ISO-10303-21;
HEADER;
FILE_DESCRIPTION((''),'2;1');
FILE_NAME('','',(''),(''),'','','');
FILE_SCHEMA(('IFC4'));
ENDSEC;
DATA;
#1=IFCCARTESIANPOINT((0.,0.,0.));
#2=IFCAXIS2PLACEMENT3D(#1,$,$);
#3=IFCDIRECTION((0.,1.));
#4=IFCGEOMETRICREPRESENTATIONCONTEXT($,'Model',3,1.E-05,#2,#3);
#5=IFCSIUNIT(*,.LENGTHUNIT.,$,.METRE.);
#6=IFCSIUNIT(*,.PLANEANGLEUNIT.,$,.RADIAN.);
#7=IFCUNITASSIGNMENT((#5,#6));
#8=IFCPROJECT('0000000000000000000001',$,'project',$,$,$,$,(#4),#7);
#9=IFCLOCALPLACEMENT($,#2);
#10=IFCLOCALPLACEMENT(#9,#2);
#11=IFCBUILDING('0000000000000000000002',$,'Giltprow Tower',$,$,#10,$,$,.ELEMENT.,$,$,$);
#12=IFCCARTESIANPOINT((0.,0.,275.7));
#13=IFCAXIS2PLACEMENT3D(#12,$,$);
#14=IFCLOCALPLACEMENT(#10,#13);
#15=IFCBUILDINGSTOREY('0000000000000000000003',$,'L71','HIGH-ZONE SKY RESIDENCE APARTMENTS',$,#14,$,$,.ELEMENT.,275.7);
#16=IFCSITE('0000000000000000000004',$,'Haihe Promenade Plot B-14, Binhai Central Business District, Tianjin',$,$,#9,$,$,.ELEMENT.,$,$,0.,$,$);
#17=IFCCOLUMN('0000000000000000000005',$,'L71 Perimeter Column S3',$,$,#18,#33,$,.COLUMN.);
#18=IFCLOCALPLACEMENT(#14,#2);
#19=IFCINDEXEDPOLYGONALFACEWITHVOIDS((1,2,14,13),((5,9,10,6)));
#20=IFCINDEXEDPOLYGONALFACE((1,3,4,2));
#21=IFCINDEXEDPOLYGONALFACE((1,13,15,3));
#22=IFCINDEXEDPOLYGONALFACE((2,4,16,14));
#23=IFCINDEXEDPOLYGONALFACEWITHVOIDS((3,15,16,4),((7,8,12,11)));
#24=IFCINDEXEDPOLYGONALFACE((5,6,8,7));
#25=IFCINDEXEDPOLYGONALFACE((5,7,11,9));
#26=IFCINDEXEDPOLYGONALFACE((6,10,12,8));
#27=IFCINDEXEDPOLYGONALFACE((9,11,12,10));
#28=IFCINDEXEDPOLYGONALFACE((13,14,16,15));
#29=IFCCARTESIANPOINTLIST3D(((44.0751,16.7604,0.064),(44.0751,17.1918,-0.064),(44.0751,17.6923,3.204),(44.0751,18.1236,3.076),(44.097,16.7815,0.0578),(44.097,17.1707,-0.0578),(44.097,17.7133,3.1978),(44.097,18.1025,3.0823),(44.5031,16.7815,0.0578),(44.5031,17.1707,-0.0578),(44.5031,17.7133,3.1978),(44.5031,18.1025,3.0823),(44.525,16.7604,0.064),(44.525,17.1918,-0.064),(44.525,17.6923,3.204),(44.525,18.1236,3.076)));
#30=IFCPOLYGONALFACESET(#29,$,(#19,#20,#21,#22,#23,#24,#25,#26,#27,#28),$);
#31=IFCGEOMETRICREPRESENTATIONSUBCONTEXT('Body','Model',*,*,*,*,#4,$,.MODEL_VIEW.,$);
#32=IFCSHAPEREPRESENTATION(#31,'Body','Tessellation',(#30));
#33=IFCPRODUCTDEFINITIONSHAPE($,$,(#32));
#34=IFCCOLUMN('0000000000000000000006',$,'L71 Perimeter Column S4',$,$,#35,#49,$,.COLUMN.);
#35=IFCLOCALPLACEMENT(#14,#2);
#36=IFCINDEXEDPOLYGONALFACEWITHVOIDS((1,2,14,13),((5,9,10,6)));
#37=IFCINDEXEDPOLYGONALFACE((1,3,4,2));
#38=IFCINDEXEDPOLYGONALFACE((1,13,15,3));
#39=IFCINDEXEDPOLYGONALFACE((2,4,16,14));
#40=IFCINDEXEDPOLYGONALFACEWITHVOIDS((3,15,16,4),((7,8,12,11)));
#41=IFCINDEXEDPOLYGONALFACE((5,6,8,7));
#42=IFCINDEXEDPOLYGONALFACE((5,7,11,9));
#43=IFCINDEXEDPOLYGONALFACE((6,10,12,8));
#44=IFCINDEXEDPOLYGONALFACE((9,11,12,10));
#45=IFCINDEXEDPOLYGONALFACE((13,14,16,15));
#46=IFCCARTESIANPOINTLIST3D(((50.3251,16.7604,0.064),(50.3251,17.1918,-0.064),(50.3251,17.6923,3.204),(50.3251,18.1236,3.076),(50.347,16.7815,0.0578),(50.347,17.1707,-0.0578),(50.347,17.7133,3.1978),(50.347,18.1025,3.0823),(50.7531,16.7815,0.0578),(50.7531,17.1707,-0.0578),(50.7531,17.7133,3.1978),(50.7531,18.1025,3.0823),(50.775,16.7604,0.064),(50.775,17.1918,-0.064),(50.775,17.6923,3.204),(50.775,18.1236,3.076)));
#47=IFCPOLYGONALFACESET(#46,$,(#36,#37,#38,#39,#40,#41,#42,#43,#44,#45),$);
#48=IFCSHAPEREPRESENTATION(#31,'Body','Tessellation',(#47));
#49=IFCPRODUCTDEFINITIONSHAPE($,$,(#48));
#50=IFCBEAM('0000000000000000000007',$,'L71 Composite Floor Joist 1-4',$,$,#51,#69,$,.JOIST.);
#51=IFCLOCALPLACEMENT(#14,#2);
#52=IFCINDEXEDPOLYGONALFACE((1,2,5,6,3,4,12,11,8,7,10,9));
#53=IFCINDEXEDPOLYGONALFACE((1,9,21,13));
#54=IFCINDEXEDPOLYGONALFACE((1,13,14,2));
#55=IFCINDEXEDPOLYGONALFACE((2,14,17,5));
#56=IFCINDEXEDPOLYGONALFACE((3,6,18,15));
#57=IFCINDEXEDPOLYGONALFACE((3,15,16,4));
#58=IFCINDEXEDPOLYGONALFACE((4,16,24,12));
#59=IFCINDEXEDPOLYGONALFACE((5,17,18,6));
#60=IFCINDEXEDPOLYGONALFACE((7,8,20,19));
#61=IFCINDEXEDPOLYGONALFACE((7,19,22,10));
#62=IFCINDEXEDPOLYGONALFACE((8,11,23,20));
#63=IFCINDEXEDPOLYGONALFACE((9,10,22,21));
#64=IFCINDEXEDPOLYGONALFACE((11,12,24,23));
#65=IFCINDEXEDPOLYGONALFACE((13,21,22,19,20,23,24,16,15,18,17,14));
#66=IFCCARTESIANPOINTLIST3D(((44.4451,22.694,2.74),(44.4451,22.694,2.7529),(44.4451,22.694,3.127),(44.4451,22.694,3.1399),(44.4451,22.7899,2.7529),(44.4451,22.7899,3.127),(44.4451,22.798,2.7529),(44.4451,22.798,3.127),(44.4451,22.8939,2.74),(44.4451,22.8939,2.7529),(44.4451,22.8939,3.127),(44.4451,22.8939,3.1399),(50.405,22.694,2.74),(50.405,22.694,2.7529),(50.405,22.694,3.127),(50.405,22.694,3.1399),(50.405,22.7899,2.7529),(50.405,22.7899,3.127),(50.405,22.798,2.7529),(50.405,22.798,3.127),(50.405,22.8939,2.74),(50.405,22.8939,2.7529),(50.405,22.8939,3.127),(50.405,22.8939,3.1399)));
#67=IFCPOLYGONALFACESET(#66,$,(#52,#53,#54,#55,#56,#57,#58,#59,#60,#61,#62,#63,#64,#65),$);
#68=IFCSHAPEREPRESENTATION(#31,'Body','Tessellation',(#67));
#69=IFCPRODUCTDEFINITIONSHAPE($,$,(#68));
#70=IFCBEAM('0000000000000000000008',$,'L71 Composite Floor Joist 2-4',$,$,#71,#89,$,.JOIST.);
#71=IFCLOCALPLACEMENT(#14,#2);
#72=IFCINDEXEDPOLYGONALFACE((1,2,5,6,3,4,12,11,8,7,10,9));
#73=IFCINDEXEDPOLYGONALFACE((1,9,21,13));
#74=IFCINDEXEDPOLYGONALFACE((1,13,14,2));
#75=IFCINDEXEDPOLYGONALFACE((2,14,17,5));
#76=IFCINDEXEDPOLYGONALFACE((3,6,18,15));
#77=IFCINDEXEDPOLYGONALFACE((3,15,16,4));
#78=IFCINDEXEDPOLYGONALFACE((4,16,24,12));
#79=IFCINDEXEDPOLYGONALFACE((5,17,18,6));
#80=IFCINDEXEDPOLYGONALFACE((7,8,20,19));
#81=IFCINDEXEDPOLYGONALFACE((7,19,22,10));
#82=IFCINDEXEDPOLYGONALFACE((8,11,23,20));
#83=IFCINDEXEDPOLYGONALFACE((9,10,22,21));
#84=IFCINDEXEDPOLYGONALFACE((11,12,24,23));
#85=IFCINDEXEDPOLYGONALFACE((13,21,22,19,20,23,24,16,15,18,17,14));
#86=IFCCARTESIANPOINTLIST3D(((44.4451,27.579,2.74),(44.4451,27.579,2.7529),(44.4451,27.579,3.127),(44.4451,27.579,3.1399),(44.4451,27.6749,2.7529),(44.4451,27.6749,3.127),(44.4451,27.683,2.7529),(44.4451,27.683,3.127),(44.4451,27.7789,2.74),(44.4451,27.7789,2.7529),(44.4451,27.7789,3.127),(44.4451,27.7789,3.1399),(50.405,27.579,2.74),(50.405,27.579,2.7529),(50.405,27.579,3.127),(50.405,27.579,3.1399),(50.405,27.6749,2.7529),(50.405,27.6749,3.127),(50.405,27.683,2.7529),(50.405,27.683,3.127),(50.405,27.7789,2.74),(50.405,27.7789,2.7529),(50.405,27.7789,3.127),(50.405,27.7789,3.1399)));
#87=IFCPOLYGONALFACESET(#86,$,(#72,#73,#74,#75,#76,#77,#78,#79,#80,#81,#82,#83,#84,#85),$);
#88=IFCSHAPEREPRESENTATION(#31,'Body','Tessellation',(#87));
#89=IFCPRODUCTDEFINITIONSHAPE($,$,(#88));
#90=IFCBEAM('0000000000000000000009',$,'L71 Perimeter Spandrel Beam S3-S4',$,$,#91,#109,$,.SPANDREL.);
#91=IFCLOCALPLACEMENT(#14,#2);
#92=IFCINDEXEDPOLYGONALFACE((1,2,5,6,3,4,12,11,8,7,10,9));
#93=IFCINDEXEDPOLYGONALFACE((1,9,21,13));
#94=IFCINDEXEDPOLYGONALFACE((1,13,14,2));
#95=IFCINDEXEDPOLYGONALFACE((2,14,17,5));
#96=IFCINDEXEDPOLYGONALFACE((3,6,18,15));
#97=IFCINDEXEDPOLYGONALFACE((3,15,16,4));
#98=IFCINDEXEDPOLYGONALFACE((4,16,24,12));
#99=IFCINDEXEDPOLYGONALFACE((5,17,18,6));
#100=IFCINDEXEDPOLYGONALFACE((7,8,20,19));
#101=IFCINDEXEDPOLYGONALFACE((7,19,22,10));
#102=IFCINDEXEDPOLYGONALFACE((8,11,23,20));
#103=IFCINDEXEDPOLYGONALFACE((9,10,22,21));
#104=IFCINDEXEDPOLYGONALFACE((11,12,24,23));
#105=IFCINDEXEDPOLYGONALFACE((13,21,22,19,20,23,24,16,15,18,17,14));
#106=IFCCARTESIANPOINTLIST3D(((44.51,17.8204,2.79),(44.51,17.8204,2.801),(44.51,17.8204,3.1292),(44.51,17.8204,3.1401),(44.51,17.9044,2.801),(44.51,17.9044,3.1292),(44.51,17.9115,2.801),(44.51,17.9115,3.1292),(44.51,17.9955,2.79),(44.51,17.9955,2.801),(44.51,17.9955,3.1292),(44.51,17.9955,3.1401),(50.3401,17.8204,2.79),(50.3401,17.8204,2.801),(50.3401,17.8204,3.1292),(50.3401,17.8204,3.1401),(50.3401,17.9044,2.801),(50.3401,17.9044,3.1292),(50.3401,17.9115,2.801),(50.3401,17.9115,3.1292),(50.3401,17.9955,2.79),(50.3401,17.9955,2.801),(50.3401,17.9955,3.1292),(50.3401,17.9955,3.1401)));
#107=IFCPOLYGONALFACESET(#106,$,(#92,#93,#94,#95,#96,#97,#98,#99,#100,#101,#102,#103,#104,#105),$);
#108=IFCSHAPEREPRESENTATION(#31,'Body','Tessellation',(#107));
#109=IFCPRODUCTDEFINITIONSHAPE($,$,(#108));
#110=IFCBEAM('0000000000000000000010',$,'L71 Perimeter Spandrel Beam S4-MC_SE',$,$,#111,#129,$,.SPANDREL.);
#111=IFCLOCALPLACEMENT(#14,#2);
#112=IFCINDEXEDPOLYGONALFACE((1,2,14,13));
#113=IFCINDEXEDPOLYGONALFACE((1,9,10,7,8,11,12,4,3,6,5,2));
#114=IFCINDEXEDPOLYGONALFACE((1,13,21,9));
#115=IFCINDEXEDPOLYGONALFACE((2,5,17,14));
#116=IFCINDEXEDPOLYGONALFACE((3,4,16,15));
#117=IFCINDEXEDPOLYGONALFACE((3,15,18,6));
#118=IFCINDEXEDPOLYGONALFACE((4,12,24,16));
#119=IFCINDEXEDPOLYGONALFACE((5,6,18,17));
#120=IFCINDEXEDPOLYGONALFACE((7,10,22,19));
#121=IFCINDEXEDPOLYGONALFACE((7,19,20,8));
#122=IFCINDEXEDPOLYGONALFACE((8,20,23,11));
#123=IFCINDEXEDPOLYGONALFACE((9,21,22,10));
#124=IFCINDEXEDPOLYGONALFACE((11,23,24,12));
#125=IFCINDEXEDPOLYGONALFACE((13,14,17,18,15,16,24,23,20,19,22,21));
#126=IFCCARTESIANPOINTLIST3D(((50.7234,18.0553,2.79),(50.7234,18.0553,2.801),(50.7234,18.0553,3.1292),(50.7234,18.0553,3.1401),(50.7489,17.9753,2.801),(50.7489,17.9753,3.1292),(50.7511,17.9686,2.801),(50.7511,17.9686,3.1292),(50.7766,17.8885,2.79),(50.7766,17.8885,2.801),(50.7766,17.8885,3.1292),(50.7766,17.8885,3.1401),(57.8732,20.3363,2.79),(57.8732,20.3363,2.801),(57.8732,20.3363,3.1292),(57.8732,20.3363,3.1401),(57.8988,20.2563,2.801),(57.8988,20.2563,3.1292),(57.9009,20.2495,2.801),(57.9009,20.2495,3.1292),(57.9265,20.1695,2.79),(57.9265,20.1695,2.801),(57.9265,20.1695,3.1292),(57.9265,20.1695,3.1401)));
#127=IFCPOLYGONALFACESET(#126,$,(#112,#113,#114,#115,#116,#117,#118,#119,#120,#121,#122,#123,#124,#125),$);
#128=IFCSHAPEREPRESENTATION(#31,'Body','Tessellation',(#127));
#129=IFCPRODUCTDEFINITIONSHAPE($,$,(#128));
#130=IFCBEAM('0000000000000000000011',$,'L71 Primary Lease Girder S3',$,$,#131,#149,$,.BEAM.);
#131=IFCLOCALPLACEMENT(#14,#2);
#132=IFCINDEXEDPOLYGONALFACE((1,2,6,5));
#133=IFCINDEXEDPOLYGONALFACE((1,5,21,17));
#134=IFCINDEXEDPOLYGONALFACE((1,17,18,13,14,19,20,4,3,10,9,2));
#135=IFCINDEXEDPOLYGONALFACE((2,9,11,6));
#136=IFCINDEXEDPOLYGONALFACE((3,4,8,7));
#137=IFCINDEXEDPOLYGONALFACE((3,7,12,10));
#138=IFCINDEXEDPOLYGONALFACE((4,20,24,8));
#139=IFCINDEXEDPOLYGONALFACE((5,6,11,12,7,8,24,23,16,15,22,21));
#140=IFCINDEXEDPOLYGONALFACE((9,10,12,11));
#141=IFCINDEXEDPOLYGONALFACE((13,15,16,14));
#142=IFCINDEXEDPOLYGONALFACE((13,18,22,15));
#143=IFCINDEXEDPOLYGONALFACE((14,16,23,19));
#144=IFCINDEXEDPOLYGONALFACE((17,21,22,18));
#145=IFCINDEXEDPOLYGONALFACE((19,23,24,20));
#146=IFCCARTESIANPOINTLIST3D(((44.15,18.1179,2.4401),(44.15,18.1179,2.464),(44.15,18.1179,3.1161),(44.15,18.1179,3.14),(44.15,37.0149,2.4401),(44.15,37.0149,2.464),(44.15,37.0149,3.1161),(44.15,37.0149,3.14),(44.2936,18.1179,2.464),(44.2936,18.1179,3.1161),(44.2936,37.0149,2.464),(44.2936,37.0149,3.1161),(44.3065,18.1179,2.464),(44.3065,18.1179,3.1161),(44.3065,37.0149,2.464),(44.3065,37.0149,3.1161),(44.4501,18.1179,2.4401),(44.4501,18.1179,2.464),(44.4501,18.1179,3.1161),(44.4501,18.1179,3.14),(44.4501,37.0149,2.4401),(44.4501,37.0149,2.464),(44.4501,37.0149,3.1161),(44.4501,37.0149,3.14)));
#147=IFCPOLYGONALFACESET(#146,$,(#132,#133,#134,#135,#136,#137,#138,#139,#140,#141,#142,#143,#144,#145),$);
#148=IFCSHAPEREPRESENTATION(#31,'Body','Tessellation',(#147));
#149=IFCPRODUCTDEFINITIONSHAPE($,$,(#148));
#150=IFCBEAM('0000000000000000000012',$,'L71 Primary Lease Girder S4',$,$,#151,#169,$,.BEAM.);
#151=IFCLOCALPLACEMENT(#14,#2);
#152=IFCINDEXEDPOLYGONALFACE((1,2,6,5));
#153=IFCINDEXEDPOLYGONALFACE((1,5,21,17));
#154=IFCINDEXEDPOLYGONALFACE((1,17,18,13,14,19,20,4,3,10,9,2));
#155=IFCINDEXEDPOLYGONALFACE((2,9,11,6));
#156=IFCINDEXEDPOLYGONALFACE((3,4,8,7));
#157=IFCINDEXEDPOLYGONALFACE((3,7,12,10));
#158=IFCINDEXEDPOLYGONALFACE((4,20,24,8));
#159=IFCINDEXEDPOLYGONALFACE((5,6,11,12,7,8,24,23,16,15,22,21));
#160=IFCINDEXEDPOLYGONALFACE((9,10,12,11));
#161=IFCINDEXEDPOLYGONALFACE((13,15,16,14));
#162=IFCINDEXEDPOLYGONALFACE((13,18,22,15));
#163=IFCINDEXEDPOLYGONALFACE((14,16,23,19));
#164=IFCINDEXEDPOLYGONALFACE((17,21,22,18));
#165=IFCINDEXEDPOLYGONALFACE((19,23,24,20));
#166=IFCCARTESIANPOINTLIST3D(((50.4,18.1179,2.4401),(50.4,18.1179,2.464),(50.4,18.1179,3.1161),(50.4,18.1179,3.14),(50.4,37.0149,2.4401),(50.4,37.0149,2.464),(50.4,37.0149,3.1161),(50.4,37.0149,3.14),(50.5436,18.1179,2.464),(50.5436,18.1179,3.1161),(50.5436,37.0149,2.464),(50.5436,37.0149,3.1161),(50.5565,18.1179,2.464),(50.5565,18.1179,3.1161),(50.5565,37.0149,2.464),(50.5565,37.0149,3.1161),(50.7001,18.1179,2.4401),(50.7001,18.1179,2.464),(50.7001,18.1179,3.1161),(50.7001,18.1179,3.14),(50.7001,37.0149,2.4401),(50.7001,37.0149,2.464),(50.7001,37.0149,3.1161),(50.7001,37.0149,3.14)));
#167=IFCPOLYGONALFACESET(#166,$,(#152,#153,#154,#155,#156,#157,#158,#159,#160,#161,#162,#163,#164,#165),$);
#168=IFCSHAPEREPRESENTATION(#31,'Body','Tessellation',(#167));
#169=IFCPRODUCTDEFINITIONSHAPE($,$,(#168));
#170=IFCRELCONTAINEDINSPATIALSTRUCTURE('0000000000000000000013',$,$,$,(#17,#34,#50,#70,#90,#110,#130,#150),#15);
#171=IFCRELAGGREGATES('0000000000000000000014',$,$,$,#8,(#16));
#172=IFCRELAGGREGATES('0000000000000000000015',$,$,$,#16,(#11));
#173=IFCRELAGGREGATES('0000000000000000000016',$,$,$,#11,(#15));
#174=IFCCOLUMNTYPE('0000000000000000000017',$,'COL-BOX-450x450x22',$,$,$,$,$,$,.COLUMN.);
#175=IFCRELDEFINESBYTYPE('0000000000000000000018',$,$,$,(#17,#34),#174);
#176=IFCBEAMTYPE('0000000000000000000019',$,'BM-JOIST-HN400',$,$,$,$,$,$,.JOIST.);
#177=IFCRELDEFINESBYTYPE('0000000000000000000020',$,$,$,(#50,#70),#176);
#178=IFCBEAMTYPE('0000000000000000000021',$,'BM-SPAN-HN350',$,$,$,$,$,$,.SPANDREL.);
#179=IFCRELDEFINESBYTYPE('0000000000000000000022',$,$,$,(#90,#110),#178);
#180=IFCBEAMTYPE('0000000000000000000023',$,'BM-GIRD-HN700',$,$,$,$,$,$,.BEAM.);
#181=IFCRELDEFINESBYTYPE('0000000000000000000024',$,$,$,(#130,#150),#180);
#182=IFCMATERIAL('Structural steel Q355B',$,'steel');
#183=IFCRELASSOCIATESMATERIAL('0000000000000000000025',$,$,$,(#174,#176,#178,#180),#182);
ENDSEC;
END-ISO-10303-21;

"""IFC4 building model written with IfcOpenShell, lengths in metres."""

from ifc_helpers import new_model, si_unit, direction, frame, origin, origin_2d, place, context, subcontext, project, spatial, hollow_rectangle, i_section, extrude, source, transform, mapped, material, material_profile, profile_set, type_object, element, save


model = new_model("IFC4")

# Units and contexts
model_context = context("Model", 3, precision=1e-05, world=origin(), true_north=direction((0.0, 1.0)))
body_context = subcontext(model_context, "Body", "Model", "MODEL_VIEW")
ifc_project = project(units=[si_unit("LENGTHUNIT", "METRE"), si_unit("PLANEANGLEUNIT", "RADIAN")], contexts=[model_context])

# Site, building, storey
site_placement = place(None, origin())
site = spatial("IfcSite", under=ifc_project, at=site_placement, Name="Haihe Promenade Plot B-14, Binhai Central Business District, Tianjin", CompositionType="ELEMENT", RefElevation=0.0)
building_placement = place(site_placement, origin())
building = spatial("IfcBuilding", under=site, at=building_placement, Name="Giltprow Tower", CompositionType="ELEMENT")
storey_placement = place(building_placement, frame((0.0, 0.0, 275.7)))
storey = spatial("IfcBuildingStorey", under=building, at=storey_placement, Name="L71", Description="HIGH-ZONE SKY RESIDENCE APARTMENTS", CompositionType="ELEMENT", Elevation=275.7)

# Columns
ifc_material_1 = material(Name="Structural steel Q355B", Category="steel")
ifc_material_profile_1 = material_profile(ifc_material_1, hollow_rectangle(XDim=0.45, YDim=0.45, WallThickness=0.022, at=origin_2d()), Name="BOX 450x450x22")
ifc_profile_set_1 = profile_set([ifc_material_profile_1], Name="Structural steel Q355B")
column_type = type_object("IfcColumnType", Name="COL-BOX-450x450x22", PredefinedType="COLUMN", material=ifc_profile_set_1)
shared_shape_1 = source(origin(), body_context, "Body", "SweptSolid", [
    extrude(hollow_rectangle(XDim=0.45, YDim=0.45, WallThickness=0.022, at=origin_2d()), origin(), (0.0, 0.0, 1.0), 3.2754),
])
for number, where, z_axis, x_axis, name in (
    (1, (44.3, 16.9761, 0.0), (0.0, 0.284502, 0.958675), (-1.0, 0.0, 0.0), "L71 Perimeter Column S3"),
    (2, (50.55, 16.9761, 0.0), (0.0, 0.284502, 0.958675), (-1.0, 0.0, 0.0), "L71 Perimeter Column S4"),
):
    element("IfcColumn", number, at=place(storey_placement, frame(where, z_axis=z_axis, x_axis=x_axis)), inside=storey, type_object=column_type, Name=name, PredefinedType="COLUMN", context=body_context, shape_type="MappedRepresentation", body=[
        mapped(shared_shape_1, transform((0.0, 0.0, 0.0), x_axis=(1.0, 0.0, 0.0), y_axis=(0.0, 1.0, 0.0), z_axis=(0.0, 0.0, 1.0), scale=1.0)),
    ])

# Beams
ifc_material_profile_2 = material_profile(ifc_material_1, i_section(OverallWidth=0.2, OverallDepth=0.3999, WebThickness=0.0081, FlangeThickness=0.0129, at=origin_2d()), Name="HN 400x200x8x13")
ifc_profile_set_2 = profile_set([ifc_material_profile_2], Name="Structural steel Q355B")
beam_type_1 = type_object("IfcBeamType", Name="BM-JOIST-HN400", PredefinedType="JOIST", material=ifc_profile_set_2)
shared_shape_2 = source(origin(), body_context, "Body", "SweptSolid", [
    extrude(i_section(OverallWidth=0.2, OverallDepth=0.3999, WebThickness=0.0081, FlangeThickness=0.0129, at=origin_2d()), origin(), (0.0, 0.0, 1.0), 5.96),
])
for number, where, z_axis, x_axis, name in (
    (3, (44.4451, 22.7939, 2.9399), (1.0, 0.0, 0.0), (0.0, 1.0, 0.0), "L71 Composite Floor Joist 1-4"),
    (4, (44.4451, 27.679, 2.9399), (1.0, 0.0, 0.0), (0.0, 1.0, 0.0), "L71 Composite Floor Joist 2-4"),
):
    element("IfcBeam", number, at=place(storey_placement, frame(where, z_axis=z_axis, x_axis=x_axis)), inside=storey, type_object=beam_type_1, Name=name, PredefinedType="JOIST", context=body_context, shape_type="MappedRepresentation", body=[
        mapped(shared_shape_2, transform((0.0, 0.0, 0.0), x_axis=(1.0, 0.0, 0.0), y_axis=(0.0, 1.0, 0.0), z_axis=(0.0, 0.0, 1.0), scale=1.0)),
    ])
ifc_material_profile_3 = material_profile(ifc_material_1, i_section(OverallWidth=0.175, OverallDepth=0.3501, WebThickness=0.0071, FlangeThickness=0.011, at=origin_2d()), Name="HN 350x175x7x11")
ifc_profile_set_3 = profile_set([ifc_material_profile_3], Name="Structural steel Q355B")
beam_type_2 = type_object("IfcBeamType", Name="BM-SPAN-HN350", PredefinedType="SPANDREL", material=ifc_profile_set_3)
shared_shape_3 = source(origin(), body_context, "Body", "SweptSolid", [
    extrude(i_section(OverallWidth=0.175, OverallDepth=0.3501, WebThickness=0.0071, FlangeThickness=0.011, at=origin_2d()), origin(), (0.0, 0.0, 1.0), 5.8301),
])
beam_1_placement = place(storey_placement, frame((44.51, 17.908, 2.9651), z_axis=(1.0, 0.0, 0.0), x_axis=(0.0, 1.0, 0.0)))
element("IfcBeam", 5, at=beam_1_placement, inside=storey, type_object=beam_type_2, Name="L71 Perimeter Spandrel Beam S3-S4", PredefinedType="SPANDREL", context=body_context, shape_type="MappedRepresentation", body=[
    mapped(shared_shape_3, transform((0.0, 0.0, 0.0), x_axis=(1.0, 0.0, 0.0), y_axis=(0.0, 1.0, 0.0), z_axis=(0.0, 0.0, 1.0), scale=1.0)),
])
shared_shape_4 = source(origin(), body_context, "Body", "SweptSolid", [
    extrude(i_section(OverallWidth=0.175, OverallDepth=0.3501, WebThickness=0.0071, FlangeThickness=0.011, at=origin_2d()), origin(), (0.0, 0.0, 1.0), 7.5049),
])
beam_2_placement = place(storey_placement, frame((50.75, 17.9719, 2.9651), z_axis=(0.952693, 0.303934, 0.0), x_axis=(-0.303934, 0.952693, 0.0)))
element("IfcBeam", 6, at=beam_2_placement, inside=storey, type_object=beam_type_2, Name="L71 Perimeter Spandrel Beam S4-MC_SE", PredefinedType="SPANDREL", context=body_context, shape_type="MappedRepresentation", body=[
    mapped(shared_shape_4, transform((0.0, 0.0, 0.0), x_axis=(1.0, 0.0, 0.0), y_axis=(0.0, 1.0, 0.0), z_axis=(0.0, 0.0, 1.0), scale=1.0)),
])
ifc_material_profile_4 = material_profile(ifc_material_1, i_section(OverallWidth=0.3, OverallDepth=0.7, WebThickness=0.0129, FlangeThickness=0.0239, at=origin_2d()), Name="HN 700x300x13x24")
ifc_profile_set_4 = profile_set([ifc_material_profile_4], Name="Structural steel Q355B")
beam_type_3 = type_object("IfcBeamType", Name="BM-GIRD-HN700", PredefinedType="BEAM", material=ifc_profile_set_4)
shared_shape_5 = source(origin(), body_context, "Body", "SweptSolid", [
    extrude(i_section(OverallWidth=0.3, OverallDepth=0.7, WebThickness=0.0129, FlangeThickness=0.0239, at=origin_2d()), origin(), (0.0, 0.0, 1.0), 18.897),
])
for number, where, z_axis, x_axis, name in (
    (7, (44.3, 18.1179, 2.79), (0.0, 1.0, 0.0), (-1.0, 0.0, 0.0), "L71 Primary Lease Girder S3"),
    (8, (50.55, 18.1179, 2.79), (0.0, 1.0, 0.0), (-1.0, 0.0, 0.0), "L71 Primary Lease Girder S4"),
):
    element("IfcBeam", number, at=place(storey_placement, frame(where, z_axis=z_axis, x_axis=x_axis)), inside=storey, type_object=beam_type_3, Name=name, PredefinedType="BEAM", context=body_context, shape_type="MappedRepresentation", body=[
        mapped(shared_shape_5, transform((0.0, 0.0, 0.0), x_axis=(1.0, 0.0, 0.0), y_axis=(0.0, 1.0, 0.0), z_axis=(0.0, 0.0, 1.0), scale=1.0)),
    ])

save(model, "model.ifc")
